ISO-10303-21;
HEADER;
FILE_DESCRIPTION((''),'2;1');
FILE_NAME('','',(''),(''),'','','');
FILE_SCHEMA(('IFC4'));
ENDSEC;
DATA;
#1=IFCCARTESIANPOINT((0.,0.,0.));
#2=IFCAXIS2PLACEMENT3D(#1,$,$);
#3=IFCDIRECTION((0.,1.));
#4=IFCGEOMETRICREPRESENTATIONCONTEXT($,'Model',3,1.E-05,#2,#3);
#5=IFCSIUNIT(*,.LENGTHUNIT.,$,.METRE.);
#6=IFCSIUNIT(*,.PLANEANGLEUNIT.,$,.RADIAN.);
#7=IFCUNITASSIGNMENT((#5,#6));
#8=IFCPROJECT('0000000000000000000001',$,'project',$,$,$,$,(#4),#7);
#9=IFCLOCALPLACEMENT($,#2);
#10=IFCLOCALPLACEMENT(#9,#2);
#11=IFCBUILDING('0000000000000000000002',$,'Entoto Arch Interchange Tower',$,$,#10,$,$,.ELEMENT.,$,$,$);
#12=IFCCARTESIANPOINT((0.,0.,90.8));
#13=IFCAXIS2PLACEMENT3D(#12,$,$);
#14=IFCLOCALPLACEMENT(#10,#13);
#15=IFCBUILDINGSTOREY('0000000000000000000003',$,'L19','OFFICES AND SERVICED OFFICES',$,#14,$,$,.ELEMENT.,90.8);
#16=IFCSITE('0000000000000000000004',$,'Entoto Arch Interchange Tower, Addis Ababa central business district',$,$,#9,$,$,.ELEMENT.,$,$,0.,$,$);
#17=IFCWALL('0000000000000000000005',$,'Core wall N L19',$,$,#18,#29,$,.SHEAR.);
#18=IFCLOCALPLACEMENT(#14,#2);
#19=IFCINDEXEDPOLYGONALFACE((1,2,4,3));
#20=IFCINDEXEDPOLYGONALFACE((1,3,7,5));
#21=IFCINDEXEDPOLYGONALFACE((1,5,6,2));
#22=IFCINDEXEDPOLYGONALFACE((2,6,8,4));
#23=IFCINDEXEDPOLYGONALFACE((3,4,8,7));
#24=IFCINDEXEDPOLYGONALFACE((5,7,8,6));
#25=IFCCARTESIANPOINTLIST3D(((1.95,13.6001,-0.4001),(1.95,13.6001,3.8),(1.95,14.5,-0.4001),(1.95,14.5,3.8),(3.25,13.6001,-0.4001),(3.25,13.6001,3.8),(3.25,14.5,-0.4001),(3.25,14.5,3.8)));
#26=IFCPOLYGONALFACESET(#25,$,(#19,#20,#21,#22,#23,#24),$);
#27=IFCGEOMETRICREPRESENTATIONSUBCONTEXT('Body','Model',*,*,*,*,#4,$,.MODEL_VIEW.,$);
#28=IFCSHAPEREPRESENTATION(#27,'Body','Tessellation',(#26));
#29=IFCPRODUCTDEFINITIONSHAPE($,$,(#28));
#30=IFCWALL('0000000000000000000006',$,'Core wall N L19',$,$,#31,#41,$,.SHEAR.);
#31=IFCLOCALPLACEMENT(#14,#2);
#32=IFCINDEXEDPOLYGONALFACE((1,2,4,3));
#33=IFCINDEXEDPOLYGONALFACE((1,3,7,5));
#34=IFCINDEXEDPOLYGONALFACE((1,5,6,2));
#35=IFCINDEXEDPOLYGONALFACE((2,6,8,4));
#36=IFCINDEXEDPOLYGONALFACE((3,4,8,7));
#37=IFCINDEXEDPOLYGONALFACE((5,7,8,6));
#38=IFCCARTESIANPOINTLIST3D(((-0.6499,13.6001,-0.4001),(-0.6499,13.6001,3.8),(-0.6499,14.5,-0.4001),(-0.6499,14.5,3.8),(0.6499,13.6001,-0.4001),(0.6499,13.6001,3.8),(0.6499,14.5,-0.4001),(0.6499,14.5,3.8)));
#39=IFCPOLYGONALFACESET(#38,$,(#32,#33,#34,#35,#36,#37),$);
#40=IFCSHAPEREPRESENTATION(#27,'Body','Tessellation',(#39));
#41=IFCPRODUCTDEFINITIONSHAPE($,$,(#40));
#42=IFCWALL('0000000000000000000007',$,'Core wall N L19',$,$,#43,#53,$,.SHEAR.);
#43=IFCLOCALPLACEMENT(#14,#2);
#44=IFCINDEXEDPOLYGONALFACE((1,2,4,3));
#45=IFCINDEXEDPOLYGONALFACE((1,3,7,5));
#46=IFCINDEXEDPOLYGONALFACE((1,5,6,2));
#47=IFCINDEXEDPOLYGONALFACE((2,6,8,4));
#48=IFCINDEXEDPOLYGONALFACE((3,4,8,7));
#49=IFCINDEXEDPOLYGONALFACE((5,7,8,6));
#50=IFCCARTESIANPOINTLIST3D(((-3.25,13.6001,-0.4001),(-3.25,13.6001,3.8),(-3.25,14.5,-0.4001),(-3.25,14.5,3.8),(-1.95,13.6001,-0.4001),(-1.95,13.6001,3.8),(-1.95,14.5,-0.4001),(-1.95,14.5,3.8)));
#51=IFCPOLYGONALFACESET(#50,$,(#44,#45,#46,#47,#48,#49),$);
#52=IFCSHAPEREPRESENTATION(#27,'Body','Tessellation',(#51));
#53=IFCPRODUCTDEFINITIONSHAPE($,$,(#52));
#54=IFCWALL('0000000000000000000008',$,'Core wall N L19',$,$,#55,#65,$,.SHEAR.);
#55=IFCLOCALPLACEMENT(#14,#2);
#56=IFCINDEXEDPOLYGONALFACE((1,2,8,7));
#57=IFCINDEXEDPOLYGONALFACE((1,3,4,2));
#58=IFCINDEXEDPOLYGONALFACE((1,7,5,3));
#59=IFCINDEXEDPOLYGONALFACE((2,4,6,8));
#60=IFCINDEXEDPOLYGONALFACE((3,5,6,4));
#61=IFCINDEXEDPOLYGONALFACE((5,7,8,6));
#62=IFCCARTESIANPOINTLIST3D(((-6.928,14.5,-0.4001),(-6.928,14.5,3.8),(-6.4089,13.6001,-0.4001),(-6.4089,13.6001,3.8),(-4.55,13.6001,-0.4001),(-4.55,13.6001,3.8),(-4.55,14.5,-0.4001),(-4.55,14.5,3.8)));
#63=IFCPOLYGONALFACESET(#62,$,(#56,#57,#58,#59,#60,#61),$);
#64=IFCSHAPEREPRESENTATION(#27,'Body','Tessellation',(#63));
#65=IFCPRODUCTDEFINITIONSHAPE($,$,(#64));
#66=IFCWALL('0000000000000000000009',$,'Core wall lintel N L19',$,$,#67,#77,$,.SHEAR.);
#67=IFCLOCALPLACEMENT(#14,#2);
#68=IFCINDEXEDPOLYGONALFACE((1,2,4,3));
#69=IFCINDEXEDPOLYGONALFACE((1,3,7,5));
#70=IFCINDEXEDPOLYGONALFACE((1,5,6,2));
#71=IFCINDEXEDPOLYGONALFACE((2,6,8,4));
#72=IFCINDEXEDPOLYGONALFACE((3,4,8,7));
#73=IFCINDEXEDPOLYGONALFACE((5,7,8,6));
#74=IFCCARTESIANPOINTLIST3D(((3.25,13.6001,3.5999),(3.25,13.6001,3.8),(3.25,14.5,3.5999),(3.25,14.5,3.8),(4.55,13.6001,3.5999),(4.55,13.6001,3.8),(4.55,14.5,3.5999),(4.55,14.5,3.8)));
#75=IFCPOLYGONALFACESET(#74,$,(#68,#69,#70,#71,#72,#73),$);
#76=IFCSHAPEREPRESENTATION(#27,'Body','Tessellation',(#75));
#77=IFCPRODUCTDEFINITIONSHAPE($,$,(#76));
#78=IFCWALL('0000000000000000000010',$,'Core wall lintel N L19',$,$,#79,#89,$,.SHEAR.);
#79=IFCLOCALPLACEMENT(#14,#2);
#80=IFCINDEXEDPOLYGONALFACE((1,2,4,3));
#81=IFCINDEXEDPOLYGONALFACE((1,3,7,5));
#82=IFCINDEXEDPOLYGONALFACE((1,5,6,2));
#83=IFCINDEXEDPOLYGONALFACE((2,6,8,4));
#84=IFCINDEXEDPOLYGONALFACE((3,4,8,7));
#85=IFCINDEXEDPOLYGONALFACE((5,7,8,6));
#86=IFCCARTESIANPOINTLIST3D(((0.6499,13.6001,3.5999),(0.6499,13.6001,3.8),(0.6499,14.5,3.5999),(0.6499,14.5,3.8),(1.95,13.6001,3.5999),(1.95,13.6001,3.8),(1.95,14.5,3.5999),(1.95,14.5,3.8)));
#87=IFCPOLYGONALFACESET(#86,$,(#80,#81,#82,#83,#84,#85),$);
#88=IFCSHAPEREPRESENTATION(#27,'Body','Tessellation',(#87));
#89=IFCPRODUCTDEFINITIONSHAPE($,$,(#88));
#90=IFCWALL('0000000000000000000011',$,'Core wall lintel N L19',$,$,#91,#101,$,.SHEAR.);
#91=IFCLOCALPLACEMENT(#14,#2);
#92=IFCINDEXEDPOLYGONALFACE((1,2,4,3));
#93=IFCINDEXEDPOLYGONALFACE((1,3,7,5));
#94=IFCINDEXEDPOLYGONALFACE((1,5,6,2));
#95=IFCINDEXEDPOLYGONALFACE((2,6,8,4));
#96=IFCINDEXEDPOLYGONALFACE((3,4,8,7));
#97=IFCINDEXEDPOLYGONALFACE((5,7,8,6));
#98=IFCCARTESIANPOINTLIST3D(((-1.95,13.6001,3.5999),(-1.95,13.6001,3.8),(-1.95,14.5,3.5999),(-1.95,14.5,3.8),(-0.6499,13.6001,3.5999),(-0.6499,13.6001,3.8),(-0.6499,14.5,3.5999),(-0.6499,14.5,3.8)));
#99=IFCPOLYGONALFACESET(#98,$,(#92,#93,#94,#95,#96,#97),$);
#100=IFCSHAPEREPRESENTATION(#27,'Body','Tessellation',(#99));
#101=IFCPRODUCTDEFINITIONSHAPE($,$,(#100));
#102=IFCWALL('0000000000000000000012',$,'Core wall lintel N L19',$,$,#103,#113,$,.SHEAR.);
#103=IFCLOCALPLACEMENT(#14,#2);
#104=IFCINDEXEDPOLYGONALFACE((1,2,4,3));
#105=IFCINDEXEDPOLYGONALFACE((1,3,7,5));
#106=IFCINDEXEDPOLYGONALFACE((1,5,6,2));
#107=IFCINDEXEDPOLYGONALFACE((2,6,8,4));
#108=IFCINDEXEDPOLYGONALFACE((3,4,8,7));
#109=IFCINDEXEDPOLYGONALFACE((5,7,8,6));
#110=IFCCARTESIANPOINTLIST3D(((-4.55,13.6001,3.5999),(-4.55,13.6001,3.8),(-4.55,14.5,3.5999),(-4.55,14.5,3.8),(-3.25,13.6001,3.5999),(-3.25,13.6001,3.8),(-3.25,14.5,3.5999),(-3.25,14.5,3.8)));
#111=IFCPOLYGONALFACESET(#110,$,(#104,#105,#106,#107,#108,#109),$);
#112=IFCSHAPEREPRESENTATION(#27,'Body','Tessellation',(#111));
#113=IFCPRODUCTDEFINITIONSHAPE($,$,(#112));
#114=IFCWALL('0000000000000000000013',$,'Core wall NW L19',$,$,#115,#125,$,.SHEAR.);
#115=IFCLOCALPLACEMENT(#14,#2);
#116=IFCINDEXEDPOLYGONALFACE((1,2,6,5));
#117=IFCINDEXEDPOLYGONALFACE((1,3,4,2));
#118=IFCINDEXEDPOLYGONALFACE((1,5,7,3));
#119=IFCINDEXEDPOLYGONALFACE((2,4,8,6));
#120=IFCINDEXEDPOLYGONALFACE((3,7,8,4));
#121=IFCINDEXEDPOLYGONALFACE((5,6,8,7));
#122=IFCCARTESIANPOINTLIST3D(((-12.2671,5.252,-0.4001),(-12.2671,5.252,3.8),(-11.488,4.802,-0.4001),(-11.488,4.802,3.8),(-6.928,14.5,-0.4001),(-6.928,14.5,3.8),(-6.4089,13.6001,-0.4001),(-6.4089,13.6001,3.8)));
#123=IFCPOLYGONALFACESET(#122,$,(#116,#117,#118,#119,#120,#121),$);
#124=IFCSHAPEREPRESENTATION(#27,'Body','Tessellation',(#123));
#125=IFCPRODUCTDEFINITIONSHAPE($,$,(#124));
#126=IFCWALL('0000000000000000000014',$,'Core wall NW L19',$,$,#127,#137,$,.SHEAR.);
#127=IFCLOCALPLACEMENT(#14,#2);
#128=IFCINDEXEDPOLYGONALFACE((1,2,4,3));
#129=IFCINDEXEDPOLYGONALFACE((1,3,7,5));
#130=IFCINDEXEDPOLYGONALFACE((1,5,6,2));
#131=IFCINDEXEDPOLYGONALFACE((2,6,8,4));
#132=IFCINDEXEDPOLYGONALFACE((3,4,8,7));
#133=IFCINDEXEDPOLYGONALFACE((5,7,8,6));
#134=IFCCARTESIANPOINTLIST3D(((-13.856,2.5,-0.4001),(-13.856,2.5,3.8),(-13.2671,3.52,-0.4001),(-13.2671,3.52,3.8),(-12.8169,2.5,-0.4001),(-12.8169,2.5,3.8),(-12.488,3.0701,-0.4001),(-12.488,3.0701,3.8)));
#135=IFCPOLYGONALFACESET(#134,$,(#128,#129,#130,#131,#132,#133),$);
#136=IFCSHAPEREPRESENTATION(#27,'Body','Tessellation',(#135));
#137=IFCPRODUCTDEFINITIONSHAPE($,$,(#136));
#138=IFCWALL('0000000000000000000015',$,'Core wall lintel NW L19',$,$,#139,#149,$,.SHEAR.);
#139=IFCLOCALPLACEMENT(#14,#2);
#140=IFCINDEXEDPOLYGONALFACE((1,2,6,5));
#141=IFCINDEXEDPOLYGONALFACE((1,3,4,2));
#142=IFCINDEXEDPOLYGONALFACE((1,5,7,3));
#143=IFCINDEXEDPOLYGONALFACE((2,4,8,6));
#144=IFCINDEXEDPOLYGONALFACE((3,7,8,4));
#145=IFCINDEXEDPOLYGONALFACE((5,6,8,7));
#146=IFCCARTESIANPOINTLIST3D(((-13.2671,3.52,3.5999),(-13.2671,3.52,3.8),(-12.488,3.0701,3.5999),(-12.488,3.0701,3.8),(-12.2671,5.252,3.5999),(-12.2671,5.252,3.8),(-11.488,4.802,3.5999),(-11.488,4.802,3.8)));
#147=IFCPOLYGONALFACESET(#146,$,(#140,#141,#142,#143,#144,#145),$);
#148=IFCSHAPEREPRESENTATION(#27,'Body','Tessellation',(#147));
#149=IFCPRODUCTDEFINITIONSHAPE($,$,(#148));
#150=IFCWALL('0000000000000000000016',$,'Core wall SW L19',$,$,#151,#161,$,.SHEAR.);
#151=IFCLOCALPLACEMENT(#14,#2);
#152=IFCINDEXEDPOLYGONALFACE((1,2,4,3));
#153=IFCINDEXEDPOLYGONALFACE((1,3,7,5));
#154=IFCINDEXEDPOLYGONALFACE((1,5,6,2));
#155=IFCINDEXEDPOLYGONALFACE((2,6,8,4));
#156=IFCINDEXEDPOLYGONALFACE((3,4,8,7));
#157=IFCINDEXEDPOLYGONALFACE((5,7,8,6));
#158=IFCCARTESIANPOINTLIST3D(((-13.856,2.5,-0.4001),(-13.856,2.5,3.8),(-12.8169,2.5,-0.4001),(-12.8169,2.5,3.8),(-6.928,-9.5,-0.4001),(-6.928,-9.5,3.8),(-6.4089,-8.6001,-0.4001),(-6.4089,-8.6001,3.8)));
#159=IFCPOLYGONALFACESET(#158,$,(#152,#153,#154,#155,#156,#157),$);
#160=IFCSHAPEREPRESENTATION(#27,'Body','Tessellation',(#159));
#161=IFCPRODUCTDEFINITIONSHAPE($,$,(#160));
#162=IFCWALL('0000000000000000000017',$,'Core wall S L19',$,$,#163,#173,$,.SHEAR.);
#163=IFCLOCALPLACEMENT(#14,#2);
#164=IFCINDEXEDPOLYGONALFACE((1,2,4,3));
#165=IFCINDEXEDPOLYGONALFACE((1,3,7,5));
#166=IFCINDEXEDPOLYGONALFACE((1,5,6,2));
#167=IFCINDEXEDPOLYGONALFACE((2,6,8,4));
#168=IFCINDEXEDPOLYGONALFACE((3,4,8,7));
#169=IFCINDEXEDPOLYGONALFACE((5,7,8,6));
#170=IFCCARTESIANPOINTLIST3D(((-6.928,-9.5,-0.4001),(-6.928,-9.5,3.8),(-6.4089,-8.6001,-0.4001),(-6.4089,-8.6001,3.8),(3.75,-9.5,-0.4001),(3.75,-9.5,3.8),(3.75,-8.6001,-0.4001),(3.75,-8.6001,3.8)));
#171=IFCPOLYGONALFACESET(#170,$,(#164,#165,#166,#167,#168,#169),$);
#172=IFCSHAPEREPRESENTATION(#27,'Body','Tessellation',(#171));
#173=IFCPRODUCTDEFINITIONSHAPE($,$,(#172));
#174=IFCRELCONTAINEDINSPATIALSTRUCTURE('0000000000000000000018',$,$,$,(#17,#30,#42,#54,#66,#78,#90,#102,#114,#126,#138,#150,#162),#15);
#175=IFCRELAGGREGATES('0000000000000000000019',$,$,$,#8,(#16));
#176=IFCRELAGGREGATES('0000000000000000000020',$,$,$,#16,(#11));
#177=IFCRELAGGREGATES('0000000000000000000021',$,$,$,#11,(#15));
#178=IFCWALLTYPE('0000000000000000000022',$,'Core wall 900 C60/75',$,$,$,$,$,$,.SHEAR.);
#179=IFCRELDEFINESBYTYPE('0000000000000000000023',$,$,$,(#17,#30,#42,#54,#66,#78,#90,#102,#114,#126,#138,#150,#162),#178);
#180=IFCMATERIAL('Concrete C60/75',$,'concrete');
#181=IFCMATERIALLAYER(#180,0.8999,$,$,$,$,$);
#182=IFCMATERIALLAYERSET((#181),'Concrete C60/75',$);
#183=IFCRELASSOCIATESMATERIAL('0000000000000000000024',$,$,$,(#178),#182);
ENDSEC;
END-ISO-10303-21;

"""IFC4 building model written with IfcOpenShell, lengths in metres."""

from ifc_helpers import new_model, si_unit, direction, frame, origin, place, context, subcontext, project, spatial, polyline, outline, extrude, material, layer, layer_set, type_object, element, save


model = new_model("IFC4")

# Units and contexts
model_context = context("Model", 3, precision=1e-05, world=origin(), true_north=direction((0.0, 1.0)))
body_context = subcontext(model_context, "Body", "Model", "MODEL_VIEW")
ifc_project = project(units=[si_unit("LENGTHUNIT", "METRE"), si_unit("PLANEANGLEUNIT", "RADIAN")], contexts=[model_context])

# Site, building, storey
site_placement = place(None, origin())
site = spatial("IfcSite", under=ifc_project, at=site_placement, Name="Entoto Arch Interchange Tower, Addis Ababa central business district", CompositionType="ELEMENT", RefElevation=0.0)
building_placement = place(site_placement, origin())
building = spatial("IfcBuilding", under=site, at=building_placement, Name="Entoto Arch Interchange Tower", CompositionType="ELEMENT")
storey_placement = place(building_placement, frame((0.0, 0.0, 90.8)))
storey = spatial("IfcBuildingStorey", under=building, at=storey_placement, Name="L19", Description="OFFICES AND SERVICED OFFICES", CompositionType="ELEMENT", Elevation=90.8)

# Walls
ifc_material_1 = material(Name="Concrete C60/75", Category="concrete")
ifc_layer_1 = layer(ifc_material_1, 0.8999)
ifc_layer_set_1 = layer_set([ifc_layer_1], Name="Concrete C60/75")
wall_type_1 = type_object("IfcWallType", Name="Core wall 900 C60/75", PredefinedType="SHEAR", material=ifc_layer_set_1)
wall_1_placement = place(storey_placement, frame((0.0, 0.0, -0.4001)))
element("IfcWall", 1, at=wall_1_placement, inside=storey, type_object=wall_type_1, Name="Core wall N L19", PredefinedType="SHEAR", context=body_context, shape_type="SweptSolid", body=[
    extrude(outline(polyline([(1.95, 14.5), (1.95, 13.6001), (3.25, 13.6001), (3.25, 14.5), (1.95, 14.5)])), origin(), (0.0, 0.0, 1.0), 4.2002),
])
wall_2_placement = place(storey_placement, frame((0.0, 0.0, -0.4001)))
element("IfcWall", 2, at=wall_2_placement, inside=storey, type_object=wall_type_1, Name="Core wall N L19", PredefinedType="SHEAR", context=body_context, shape_type="SweptSolid", body=[
    extrude(outline(polyline([(-0.6499, 14.5), (-0.6499, 13.6001), (0.6499, 13.6001), (0.6499, 14.5), (-0.6499, 14.5)])), origin(), (0.0, 0.0, 1.0), 4.2002),
])
wall_3_placement = place(storey_placement, frame((0.0, 0.0, -0.4001)))
element("IfcWall", 3, at=wall_3_placement, inside=storey, type_object=wall_type_1, Name="Core wall N L19", PredefinedType="SHEAR", context=body_context, shape_type="SweptSolid", body=[
    extrude(outline(polyline([(-3.25, 14.5), (-3.25, 13.6001), (-1.95, 13.6001), (-1.95, 14.5), (-3.25, 14.5)])), origin(), (0.0, 0.0, 1.0), 4.2002),
])
wall_4_placement = place(storey_placement, frame((0.0, 0.0, -0.4001)))
element("IfcWall", 4, at=wall_4_placement, inside=storey, type_object=wall_type_1, Name="Core wall N L19", PredefinedType="SHEAR", context=body_context, shape_type="SweptSolid", body=[
    extrude(outline(polyline([(-4.55, 13.6001), (-4.55, 14.5), (-6.928, 14.5), (-6.4089, 13.6001), (-4.55, 13.6001)])), origin(), (0.0, 0.0, 1.0), 4.2002),
])
wall_5_placement = place(storey_placement, frame((0.0, 0.0, 3.5999)))
element("IfcWall", 5, at=wall_5_placement, inside=storey, type_object=wall_type_1, Name="Core wall lintel N L19", PredefinedType="SHEAR", context=body_context, shape_type="SweptSolid", body=[
    extrude(outline(polyline([(3.25, 14.5), (3.25, 13.6001), (4.55, 13.6001), (4.55, 14.5), (3.25, 14.5)])), origin(), (0.0, 0.0, 1.0), 0.2002),
])
wall_6_placement = place(storey_placement, frame((0.0, 0.0, 3.5999)))
element("IfcWall", 6, at=wall_6_placement, inside=storey, type_object=wall_type_1, Name="Core wall lintel N L19", PredefinedType="SHEAR", context=body_context, shape_type="SweptSolid", body=[
    extrude(outline(polyline([(0.6499, 14.5), (0.6499, 13.6001), (1.95, 13.6001), (1.95, 14.5), (0.6499, 14.5)])), origin(), (0.0, 0.0, 1.0), 0.2002),
])
wall_7_placement = place(storey_placement, frame((0.0, 0.0, 3.5999)))
element("IfcWall", 7, at=wall_7_placement, inside=storey, type_object=wall_type_1, Name="Core wall lintel N L19", PredefinedType="SHEAR", context=body_context, shape_type="SweptSolid", body=[
    extrude(outline(polyline([(-1.95, 14.5), (-1.95, 13.6001), (-0.6499, 13.6001), (-0.6499, 14.5), (-1.95, 14.5)])), origin(), (0.0, 0.0, 1.0), 0.2002),
])
wall_8_placement = place(storey_placement, frame((0.0, 0.0, 3.5999)))
element("IfcWall", 8, at=wall_8_placement, inside=storey, type_object=wall_type_1, Name="Core wall lintel N L19", PredefinedType="SHEAR", context=body_context, shape_type="SweptSolid", body=[
    extrude(outline(polyline([(-4.55, 14.5), (-4.55, 13.6001), (-3.25, 13.6001), (-3.25, 14.5), (-4.55, 14.5)])), origin(), (0.0, 0.0, 1.0), 0.2002),
])
wall_9_placement = place(storey_placement, frame((0.0, 0.0, -0.4001)))
element("IfcWall", 9, at=wall_9_placement, inside=storey, type_object=wall_type_1, Name="Core wall NW L19", PredefinedType="SHEAR", context=body_context, shape_type="SweptSolid", body=[
    extrude(outline(polyline([(-12.2671, 5.252), (-11.488, 4.802), (-6.4089, 13.6001), (-6.928, 14.5), (-12.2671, 5.252)])), origin(), (0.0, 0.0, 1.0), 4.2002),
])
wall_10_placement = place(storey_placement, frame((0.0, 0.0, -0.4001)))
element("IfcWall", 10, at=wall_10_placement, inside=storey, type_object=wall_type_1, Name="Core wall NW L19", PredefinedType="SHEAR", context=body_context, shape_type="SweptSolid", body=[
    extrude(outline(polyline([(-12.488, 3.0701), (-13.2671, 3.52), (-13.856, 2.5), (-12.8169, 2.5), (-12.488, 3.0701)])), origin(), (0.0, 0.0, 1.0), 4.2002),
])
wall_11_placement = place(storey_placement, frame((0.0, 0.0, 3.5999)))
element("IfcWall", 11, at=wall_11_placement, inside=storey, type_object=wall_type_1, Name="Core wall lintel NW L19", PredefinedType="SHEAR", context=body_context, shape_type="SweptSolid", body=[
    extrude(outline(polyline([(-13.2671, 3.52), (-12.488, 3.0701), (-11.488, 4.802), (-12.2671, 5.252), (-13.2671, 3.52)])), origin(), (0.0, 0.0, 1.0), 0.2002),
])
wall_12_placement = place(storey_placement, frame((0.0, 0.0, -0.4001)))
element("IfcWall", 12, at=wall_12_placement, inside=storey, type_object=wall_type_1, Name="Core wall SW L19", PredefinedType="SHEAR", context=body_context, shape_type="SweptSolid", body=[
    extrude(outline(polyline([(-13.856, 2.5), (-6.928, -9.5), (-6.4089, -8.6001), (-12.8169, 2.5), (-13.856, 2.5)])), origin(), (0.0, 0.0, 1.0), 4.2002),
])
wall_13_placement = place(storey_placement, frame((0.0, 0.0, -0.4001)))
element("IfcWall", 13, at=wall_13_placement, inside=storey, type_object=wall_type_1, Name="Core wall S L19", PredefinedType="SHEAR", context=body_context, shape_type="SweptSolid", body=[
    extrude(outline(polyline([(3.75, -9.5), (3.75, -8.6001), (-6.4089, -8.6001), (-6.928, -9.5), (3.75, -9.5)])), origin(), (0.0, 0.0, 1.0), 4.2002),
])

save(model, "model.ifc")
